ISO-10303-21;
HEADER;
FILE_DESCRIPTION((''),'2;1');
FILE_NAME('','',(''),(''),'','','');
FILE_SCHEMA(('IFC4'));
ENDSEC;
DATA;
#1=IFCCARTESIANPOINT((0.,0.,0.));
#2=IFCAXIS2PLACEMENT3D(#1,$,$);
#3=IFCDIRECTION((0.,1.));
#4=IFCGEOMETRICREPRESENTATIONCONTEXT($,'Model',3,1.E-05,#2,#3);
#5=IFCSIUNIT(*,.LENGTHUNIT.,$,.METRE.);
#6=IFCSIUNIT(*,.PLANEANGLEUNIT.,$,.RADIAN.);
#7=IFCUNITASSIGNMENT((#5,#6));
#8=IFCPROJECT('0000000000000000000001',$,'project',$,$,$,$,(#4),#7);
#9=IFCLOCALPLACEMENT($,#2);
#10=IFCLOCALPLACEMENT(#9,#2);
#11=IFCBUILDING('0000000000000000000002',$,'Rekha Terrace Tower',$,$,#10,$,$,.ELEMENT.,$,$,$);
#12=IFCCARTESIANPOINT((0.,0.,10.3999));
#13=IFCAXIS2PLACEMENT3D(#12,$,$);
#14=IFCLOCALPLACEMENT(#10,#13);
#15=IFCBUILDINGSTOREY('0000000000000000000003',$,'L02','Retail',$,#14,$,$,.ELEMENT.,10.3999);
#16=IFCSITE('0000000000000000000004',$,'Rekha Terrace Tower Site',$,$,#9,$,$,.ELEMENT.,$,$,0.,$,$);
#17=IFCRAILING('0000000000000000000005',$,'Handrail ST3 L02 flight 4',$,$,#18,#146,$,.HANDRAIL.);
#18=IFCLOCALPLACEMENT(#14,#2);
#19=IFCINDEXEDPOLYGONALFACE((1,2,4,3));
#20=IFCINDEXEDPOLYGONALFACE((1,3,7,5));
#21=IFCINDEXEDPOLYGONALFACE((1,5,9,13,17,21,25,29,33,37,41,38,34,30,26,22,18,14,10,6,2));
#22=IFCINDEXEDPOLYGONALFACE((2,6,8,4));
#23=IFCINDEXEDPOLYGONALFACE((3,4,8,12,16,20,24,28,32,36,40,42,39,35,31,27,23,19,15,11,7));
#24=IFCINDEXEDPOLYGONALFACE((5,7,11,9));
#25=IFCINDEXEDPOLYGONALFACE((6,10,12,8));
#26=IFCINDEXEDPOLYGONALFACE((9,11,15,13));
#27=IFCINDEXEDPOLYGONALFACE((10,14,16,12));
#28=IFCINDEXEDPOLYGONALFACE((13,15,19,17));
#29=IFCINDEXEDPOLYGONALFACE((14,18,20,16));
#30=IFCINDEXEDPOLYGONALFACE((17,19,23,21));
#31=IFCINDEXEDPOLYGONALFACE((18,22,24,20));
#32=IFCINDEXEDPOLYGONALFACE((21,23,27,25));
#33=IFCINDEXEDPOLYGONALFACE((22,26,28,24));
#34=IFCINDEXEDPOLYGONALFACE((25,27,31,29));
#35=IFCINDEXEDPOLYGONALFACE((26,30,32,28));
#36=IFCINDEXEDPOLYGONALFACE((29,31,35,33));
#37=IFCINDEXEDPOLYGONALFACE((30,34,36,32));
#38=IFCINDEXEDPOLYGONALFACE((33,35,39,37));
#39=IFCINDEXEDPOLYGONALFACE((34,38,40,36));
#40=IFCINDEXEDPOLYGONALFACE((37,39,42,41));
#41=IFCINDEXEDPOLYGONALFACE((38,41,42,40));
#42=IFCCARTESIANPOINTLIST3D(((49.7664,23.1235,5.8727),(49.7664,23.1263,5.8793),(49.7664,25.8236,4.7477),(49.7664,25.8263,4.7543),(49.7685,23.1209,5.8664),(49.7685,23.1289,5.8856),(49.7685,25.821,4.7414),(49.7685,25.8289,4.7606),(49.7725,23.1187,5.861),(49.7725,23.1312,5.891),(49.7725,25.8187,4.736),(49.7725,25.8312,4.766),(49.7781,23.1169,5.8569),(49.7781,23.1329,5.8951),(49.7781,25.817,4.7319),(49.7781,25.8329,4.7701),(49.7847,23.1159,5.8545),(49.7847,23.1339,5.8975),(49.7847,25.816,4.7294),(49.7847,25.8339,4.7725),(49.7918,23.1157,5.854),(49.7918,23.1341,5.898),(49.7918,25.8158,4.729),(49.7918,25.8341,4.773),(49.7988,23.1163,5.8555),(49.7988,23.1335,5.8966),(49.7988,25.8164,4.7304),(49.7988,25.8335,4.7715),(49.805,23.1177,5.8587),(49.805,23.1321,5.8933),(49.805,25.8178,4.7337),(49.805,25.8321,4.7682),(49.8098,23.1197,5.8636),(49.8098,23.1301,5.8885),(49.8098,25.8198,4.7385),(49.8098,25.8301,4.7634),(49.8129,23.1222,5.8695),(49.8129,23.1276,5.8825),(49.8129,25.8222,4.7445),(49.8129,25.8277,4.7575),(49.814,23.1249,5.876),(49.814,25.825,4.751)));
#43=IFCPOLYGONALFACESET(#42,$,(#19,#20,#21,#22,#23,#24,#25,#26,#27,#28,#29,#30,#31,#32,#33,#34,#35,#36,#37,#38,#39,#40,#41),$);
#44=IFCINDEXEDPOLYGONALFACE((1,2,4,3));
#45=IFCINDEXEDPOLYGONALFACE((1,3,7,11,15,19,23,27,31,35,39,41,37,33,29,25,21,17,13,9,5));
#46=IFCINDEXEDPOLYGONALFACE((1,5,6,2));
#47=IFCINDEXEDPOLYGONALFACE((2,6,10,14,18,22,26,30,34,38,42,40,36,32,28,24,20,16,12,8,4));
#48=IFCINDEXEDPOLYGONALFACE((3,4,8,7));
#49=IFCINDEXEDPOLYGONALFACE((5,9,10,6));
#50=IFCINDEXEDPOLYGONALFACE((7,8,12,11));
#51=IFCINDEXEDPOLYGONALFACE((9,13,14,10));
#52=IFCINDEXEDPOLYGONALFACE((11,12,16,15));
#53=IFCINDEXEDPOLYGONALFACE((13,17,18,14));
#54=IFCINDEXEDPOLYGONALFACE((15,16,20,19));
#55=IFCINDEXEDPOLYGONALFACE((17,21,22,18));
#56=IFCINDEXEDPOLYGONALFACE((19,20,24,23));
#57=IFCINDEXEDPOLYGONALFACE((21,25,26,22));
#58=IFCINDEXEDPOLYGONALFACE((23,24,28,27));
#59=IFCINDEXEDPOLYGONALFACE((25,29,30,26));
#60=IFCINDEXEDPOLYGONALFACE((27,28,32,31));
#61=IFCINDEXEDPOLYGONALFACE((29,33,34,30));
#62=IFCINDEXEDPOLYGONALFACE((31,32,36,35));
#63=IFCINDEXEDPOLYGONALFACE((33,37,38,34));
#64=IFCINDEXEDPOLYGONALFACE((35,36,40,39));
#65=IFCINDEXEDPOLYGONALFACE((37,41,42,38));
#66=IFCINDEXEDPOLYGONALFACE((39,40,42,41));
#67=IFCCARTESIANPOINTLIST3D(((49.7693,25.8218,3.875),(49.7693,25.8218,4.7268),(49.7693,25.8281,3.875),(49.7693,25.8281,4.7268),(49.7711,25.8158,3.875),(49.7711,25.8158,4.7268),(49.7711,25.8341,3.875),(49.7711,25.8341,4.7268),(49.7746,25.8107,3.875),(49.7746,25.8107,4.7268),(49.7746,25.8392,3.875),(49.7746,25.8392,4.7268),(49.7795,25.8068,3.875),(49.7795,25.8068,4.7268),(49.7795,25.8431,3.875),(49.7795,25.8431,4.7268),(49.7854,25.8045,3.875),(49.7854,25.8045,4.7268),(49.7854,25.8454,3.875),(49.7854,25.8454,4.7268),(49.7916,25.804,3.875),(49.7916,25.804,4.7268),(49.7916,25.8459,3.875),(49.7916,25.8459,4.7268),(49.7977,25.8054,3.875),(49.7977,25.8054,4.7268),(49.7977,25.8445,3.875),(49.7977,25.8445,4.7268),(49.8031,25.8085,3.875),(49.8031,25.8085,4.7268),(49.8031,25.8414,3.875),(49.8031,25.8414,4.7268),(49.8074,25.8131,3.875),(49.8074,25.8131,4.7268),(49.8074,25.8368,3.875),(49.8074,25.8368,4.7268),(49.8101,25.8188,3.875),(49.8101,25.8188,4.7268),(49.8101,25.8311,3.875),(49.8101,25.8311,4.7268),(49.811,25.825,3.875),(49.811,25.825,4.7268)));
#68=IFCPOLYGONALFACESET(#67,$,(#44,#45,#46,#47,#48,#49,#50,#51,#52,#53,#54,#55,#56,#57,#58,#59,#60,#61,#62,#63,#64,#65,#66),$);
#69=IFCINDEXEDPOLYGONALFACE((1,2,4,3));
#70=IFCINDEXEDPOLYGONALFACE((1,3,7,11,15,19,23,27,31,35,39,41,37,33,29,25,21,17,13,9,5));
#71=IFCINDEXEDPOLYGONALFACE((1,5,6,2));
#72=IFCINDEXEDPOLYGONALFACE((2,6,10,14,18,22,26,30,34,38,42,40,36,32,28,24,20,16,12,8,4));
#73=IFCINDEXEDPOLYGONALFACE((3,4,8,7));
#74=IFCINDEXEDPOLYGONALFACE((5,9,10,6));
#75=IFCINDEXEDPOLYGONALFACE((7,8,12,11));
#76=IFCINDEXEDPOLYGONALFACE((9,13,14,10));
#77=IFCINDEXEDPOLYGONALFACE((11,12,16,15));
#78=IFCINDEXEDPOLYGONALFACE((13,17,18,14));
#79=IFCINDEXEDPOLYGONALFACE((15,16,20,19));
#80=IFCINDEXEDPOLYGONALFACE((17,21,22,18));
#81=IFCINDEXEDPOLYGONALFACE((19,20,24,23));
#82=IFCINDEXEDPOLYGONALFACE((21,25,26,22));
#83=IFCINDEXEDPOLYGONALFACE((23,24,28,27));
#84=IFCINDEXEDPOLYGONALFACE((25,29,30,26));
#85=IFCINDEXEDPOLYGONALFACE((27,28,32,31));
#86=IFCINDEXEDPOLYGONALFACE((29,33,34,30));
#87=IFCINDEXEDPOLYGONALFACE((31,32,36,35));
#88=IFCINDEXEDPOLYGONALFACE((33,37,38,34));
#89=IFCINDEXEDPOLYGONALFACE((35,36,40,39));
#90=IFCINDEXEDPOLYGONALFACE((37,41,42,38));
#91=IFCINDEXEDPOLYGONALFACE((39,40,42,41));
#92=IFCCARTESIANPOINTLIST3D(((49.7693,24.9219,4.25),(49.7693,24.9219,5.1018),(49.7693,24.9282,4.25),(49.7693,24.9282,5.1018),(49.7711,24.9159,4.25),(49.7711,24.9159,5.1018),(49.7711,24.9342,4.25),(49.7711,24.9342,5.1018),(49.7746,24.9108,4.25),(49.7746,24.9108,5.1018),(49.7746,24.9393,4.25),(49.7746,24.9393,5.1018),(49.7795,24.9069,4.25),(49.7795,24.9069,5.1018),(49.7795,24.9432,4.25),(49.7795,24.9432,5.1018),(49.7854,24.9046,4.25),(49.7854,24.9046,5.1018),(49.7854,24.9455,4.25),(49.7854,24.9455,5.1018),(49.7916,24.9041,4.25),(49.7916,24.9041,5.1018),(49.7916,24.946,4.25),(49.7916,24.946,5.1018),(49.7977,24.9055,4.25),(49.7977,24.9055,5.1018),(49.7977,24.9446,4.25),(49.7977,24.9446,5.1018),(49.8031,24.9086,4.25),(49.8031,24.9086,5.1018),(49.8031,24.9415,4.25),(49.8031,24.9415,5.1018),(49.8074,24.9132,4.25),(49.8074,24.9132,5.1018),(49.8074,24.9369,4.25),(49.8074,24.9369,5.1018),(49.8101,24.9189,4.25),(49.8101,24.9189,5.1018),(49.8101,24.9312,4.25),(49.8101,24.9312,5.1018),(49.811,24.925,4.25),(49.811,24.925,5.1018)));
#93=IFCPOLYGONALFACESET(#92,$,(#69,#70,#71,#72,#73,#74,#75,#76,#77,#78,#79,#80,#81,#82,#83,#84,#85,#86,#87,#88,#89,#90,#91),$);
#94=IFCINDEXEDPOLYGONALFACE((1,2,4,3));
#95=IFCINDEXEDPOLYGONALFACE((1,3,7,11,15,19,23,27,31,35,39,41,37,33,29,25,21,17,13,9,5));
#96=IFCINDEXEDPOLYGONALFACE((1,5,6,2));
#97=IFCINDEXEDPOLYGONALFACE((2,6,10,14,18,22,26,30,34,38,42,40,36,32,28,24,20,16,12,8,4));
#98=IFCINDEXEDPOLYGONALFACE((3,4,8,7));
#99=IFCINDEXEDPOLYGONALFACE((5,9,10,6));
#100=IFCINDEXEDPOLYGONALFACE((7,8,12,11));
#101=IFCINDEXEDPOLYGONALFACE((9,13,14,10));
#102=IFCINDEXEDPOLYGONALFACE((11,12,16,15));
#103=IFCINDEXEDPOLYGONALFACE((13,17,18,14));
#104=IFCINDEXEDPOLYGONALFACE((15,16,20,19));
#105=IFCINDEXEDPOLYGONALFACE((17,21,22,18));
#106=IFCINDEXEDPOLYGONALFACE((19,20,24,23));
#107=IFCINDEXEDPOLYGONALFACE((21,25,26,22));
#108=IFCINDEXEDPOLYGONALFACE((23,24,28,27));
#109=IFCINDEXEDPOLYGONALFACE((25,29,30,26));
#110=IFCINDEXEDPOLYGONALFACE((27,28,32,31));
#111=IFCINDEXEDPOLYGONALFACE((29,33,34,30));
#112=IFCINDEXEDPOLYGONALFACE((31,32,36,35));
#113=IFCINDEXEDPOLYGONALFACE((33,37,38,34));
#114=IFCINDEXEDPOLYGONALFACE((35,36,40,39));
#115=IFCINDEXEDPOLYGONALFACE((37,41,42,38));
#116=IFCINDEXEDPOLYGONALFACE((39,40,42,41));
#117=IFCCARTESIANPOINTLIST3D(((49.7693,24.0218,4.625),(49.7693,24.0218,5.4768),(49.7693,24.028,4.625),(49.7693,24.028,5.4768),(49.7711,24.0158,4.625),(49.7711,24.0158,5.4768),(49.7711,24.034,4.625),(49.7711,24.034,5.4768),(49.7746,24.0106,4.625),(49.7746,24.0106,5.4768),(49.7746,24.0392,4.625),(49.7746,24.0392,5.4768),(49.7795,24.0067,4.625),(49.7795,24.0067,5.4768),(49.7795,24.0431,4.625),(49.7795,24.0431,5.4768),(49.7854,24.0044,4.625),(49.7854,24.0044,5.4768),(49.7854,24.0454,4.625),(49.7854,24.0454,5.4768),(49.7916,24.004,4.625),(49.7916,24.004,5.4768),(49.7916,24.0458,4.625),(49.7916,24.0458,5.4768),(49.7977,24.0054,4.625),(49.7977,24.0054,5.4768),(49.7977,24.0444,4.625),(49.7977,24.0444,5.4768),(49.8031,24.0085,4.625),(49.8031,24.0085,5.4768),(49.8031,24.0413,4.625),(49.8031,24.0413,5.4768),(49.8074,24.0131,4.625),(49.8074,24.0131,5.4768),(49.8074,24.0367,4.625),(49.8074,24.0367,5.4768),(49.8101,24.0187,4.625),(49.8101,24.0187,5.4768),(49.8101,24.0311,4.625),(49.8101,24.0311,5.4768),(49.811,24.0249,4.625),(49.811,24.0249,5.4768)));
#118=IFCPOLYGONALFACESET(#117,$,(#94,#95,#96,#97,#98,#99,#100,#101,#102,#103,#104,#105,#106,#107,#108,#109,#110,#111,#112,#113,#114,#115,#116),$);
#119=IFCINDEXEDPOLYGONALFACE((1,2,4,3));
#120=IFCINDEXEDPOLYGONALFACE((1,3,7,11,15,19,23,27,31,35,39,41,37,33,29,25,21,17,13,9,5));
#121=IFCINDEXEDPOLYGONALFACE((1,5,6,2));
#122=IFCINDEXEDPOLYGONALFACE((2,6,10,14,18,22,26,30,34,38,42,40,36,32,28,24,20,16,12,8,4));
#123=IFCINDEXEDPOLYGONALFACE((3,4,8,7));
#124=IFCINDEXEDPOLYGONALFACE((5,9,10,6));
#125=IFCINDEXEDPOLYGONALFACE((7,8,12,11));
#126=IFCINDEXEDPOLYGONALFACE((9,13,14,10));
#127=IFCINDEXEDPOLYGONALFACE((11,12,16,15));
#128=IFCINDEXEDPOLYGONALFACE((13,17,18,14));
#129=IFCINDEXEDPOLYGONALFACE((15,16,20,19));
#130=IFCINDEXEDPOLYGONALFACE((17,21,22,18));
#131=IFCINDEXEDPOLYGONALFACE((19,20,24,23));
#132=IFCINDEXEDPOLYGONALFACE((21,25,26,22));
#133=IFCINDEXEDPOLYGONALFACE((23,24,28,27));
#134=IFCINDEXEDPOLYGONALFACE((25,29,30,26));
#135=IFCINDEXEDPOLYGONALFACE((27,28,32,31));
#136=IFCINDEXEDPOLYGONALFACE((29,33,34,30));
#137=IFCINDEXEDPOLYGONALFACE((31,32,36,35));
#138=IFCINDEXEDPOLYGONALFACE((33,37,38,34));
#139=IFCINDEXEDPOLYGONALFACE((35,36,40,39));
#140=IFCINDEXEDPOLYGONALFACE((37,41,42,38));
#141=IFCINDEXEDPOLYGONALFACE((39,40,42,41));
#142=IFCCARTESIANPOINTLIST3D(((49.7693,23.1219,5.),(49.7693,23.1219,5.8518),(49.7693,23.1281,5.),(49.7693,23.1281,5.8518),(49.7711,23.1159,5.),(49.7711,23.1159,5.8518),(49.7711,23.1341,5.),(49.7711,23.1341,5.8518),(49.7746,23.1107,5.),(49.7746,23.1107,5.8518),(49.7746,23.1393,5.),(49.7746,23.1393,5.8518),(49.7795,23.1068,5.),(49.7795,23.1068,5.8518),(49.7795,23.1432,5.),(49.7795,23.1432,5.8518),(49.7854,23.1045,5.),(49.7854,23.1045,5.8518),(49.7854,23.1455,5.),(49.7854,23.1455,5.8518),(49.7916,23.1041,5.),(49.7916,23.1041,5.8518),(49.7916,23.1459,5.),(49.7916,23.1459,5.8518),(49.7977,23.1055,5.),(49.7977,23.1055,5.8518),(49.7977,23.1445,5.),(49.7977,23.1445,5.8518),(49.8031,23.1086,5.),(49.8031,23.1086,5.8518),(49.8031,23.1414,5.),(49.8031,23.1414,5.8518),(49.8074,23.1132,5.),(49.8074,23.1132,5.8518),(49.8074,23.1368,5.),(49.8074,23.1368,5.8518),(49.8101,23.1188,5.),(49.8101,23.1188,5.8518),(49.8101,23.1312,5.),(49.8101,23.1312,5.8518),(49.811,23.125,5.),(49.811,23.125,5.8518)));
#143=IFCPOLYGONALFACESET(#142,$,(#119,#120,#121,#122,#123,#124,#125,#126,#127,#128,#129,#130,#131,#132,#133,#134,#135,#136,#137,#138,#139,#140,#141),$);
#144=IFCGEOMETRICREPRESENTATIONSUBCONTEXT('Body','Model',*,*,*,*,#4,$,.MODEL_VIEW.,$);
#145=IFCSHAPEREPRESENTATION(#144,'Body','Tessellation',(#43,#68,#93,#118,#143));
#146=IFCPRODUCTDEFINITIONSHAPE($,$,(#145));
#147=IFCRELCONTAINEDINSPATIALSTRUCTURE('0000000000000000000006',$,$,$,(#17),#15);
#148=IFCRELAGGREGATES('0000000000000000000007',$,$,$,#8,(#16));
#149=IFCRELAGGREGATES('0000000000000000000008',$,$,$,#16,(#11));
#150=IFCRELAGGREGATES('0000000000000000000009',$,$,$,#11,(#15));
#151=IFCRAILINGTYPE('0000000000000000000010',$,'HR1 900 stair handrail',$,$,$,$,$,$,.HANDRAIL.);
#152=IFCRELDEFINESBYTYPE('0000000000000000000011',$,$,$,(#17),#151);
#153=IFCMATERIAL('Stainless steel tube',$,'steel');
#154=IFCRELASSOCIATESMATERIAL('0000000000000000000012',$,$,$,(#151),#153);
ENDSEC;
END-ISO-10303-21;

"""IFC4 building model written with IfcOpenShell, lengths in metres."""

from ifc_helpers import new_model, si_unit, direction, frame, origin, origin_2d, place, context, subcontext, project, spatial, circle, extrude, material, type_object, element, save


model = new_model("IFC4")

# Units and contexts
model_context = context("Model", 3, precision=1e-05, world=origin(), true_north=direction((0.0, 1.0)))
body_context = subcontext(model_context, "Body", "Model", "MODEL_VIEW")
ifc_project = project(units=[si_unit("LENGTHUNIT", "METRE"), si_unit("PLANEANGLEUNIT", "RADIAN")], contexts=[model_context])

# Site, building, storey
site_placement = place(None, origin())
site = spatial("IfcSite", under=ifc_project, at=site_placement, Name="Rekha Terrace Tower Site", CompositionType="ELEMENT", RefElevation=0.0)
building_placement = place(site_placement, origin())
building = spatial("IfcBuilding", under=site, at=building_placement, Name="Rekha Terrace Tower", CompositionType="ELEMENT")
storey_placement = place(building_placement, frame((0.0, 0.0, 10.3999)))
storey = spatial("IfcBuildingStorey", under=building, at=storey_placement, Name="L02", Description="Retail", CompositionType="ELEMENT", Elevation=10.3999)

# Railing
ifc_material_1 = material(Name="Stainless steel tube", Category="steel")
railing_type_1 = type_object("IfcRailingType", Name="HR1 900 stair handrail", PredefinedType="HANDRAIL", material=ifc_material_1)
railing_1_placement = place(storey_placement, frame((49.79, 25.825, 3.875)))
element("IfcRailing", 1, at=railing_1_placement, inside=storey, type_object=railing_type_1, Name="Handrail ST3 L02 flight 4", PredefinedType="HANDRAIL", context=body_context, shape_type="SweptSolid", body=[
    extrude(circle(Radius=0.0239, at=origin_2d()), frame((0.0, 0.0, 0.876), z_axis=(0.0, -0.923074, 0.384621), x_axis=(1.0, 0.0, 0.0)), (0.0, 0.0, 1.0), 2.925),
    extrude(circle(Radius=0.021, at=origin_2d()), origin(), (0.0, 0.0, 1.0), 0.8518),
    extrude(circle(Radius=0.021, at=origin_2d()), frame((0.0, -0.8999, 0.375)), (0.0, 0.0, 1.0), 0.8518),
    extrude(circle(Radius=0.021, at=origin_2d()), frame((0.0, -1.8, 0.75)), (0.0, 0.0, 1.0), 0.8518),
    extrude(circle(Radius=0.021, at=origin_2d()), frame((0.0, -2.7, 1.125)), (0.0, 0.0, 1.0), 0.8518),
])

save(model, "model.ifc")
